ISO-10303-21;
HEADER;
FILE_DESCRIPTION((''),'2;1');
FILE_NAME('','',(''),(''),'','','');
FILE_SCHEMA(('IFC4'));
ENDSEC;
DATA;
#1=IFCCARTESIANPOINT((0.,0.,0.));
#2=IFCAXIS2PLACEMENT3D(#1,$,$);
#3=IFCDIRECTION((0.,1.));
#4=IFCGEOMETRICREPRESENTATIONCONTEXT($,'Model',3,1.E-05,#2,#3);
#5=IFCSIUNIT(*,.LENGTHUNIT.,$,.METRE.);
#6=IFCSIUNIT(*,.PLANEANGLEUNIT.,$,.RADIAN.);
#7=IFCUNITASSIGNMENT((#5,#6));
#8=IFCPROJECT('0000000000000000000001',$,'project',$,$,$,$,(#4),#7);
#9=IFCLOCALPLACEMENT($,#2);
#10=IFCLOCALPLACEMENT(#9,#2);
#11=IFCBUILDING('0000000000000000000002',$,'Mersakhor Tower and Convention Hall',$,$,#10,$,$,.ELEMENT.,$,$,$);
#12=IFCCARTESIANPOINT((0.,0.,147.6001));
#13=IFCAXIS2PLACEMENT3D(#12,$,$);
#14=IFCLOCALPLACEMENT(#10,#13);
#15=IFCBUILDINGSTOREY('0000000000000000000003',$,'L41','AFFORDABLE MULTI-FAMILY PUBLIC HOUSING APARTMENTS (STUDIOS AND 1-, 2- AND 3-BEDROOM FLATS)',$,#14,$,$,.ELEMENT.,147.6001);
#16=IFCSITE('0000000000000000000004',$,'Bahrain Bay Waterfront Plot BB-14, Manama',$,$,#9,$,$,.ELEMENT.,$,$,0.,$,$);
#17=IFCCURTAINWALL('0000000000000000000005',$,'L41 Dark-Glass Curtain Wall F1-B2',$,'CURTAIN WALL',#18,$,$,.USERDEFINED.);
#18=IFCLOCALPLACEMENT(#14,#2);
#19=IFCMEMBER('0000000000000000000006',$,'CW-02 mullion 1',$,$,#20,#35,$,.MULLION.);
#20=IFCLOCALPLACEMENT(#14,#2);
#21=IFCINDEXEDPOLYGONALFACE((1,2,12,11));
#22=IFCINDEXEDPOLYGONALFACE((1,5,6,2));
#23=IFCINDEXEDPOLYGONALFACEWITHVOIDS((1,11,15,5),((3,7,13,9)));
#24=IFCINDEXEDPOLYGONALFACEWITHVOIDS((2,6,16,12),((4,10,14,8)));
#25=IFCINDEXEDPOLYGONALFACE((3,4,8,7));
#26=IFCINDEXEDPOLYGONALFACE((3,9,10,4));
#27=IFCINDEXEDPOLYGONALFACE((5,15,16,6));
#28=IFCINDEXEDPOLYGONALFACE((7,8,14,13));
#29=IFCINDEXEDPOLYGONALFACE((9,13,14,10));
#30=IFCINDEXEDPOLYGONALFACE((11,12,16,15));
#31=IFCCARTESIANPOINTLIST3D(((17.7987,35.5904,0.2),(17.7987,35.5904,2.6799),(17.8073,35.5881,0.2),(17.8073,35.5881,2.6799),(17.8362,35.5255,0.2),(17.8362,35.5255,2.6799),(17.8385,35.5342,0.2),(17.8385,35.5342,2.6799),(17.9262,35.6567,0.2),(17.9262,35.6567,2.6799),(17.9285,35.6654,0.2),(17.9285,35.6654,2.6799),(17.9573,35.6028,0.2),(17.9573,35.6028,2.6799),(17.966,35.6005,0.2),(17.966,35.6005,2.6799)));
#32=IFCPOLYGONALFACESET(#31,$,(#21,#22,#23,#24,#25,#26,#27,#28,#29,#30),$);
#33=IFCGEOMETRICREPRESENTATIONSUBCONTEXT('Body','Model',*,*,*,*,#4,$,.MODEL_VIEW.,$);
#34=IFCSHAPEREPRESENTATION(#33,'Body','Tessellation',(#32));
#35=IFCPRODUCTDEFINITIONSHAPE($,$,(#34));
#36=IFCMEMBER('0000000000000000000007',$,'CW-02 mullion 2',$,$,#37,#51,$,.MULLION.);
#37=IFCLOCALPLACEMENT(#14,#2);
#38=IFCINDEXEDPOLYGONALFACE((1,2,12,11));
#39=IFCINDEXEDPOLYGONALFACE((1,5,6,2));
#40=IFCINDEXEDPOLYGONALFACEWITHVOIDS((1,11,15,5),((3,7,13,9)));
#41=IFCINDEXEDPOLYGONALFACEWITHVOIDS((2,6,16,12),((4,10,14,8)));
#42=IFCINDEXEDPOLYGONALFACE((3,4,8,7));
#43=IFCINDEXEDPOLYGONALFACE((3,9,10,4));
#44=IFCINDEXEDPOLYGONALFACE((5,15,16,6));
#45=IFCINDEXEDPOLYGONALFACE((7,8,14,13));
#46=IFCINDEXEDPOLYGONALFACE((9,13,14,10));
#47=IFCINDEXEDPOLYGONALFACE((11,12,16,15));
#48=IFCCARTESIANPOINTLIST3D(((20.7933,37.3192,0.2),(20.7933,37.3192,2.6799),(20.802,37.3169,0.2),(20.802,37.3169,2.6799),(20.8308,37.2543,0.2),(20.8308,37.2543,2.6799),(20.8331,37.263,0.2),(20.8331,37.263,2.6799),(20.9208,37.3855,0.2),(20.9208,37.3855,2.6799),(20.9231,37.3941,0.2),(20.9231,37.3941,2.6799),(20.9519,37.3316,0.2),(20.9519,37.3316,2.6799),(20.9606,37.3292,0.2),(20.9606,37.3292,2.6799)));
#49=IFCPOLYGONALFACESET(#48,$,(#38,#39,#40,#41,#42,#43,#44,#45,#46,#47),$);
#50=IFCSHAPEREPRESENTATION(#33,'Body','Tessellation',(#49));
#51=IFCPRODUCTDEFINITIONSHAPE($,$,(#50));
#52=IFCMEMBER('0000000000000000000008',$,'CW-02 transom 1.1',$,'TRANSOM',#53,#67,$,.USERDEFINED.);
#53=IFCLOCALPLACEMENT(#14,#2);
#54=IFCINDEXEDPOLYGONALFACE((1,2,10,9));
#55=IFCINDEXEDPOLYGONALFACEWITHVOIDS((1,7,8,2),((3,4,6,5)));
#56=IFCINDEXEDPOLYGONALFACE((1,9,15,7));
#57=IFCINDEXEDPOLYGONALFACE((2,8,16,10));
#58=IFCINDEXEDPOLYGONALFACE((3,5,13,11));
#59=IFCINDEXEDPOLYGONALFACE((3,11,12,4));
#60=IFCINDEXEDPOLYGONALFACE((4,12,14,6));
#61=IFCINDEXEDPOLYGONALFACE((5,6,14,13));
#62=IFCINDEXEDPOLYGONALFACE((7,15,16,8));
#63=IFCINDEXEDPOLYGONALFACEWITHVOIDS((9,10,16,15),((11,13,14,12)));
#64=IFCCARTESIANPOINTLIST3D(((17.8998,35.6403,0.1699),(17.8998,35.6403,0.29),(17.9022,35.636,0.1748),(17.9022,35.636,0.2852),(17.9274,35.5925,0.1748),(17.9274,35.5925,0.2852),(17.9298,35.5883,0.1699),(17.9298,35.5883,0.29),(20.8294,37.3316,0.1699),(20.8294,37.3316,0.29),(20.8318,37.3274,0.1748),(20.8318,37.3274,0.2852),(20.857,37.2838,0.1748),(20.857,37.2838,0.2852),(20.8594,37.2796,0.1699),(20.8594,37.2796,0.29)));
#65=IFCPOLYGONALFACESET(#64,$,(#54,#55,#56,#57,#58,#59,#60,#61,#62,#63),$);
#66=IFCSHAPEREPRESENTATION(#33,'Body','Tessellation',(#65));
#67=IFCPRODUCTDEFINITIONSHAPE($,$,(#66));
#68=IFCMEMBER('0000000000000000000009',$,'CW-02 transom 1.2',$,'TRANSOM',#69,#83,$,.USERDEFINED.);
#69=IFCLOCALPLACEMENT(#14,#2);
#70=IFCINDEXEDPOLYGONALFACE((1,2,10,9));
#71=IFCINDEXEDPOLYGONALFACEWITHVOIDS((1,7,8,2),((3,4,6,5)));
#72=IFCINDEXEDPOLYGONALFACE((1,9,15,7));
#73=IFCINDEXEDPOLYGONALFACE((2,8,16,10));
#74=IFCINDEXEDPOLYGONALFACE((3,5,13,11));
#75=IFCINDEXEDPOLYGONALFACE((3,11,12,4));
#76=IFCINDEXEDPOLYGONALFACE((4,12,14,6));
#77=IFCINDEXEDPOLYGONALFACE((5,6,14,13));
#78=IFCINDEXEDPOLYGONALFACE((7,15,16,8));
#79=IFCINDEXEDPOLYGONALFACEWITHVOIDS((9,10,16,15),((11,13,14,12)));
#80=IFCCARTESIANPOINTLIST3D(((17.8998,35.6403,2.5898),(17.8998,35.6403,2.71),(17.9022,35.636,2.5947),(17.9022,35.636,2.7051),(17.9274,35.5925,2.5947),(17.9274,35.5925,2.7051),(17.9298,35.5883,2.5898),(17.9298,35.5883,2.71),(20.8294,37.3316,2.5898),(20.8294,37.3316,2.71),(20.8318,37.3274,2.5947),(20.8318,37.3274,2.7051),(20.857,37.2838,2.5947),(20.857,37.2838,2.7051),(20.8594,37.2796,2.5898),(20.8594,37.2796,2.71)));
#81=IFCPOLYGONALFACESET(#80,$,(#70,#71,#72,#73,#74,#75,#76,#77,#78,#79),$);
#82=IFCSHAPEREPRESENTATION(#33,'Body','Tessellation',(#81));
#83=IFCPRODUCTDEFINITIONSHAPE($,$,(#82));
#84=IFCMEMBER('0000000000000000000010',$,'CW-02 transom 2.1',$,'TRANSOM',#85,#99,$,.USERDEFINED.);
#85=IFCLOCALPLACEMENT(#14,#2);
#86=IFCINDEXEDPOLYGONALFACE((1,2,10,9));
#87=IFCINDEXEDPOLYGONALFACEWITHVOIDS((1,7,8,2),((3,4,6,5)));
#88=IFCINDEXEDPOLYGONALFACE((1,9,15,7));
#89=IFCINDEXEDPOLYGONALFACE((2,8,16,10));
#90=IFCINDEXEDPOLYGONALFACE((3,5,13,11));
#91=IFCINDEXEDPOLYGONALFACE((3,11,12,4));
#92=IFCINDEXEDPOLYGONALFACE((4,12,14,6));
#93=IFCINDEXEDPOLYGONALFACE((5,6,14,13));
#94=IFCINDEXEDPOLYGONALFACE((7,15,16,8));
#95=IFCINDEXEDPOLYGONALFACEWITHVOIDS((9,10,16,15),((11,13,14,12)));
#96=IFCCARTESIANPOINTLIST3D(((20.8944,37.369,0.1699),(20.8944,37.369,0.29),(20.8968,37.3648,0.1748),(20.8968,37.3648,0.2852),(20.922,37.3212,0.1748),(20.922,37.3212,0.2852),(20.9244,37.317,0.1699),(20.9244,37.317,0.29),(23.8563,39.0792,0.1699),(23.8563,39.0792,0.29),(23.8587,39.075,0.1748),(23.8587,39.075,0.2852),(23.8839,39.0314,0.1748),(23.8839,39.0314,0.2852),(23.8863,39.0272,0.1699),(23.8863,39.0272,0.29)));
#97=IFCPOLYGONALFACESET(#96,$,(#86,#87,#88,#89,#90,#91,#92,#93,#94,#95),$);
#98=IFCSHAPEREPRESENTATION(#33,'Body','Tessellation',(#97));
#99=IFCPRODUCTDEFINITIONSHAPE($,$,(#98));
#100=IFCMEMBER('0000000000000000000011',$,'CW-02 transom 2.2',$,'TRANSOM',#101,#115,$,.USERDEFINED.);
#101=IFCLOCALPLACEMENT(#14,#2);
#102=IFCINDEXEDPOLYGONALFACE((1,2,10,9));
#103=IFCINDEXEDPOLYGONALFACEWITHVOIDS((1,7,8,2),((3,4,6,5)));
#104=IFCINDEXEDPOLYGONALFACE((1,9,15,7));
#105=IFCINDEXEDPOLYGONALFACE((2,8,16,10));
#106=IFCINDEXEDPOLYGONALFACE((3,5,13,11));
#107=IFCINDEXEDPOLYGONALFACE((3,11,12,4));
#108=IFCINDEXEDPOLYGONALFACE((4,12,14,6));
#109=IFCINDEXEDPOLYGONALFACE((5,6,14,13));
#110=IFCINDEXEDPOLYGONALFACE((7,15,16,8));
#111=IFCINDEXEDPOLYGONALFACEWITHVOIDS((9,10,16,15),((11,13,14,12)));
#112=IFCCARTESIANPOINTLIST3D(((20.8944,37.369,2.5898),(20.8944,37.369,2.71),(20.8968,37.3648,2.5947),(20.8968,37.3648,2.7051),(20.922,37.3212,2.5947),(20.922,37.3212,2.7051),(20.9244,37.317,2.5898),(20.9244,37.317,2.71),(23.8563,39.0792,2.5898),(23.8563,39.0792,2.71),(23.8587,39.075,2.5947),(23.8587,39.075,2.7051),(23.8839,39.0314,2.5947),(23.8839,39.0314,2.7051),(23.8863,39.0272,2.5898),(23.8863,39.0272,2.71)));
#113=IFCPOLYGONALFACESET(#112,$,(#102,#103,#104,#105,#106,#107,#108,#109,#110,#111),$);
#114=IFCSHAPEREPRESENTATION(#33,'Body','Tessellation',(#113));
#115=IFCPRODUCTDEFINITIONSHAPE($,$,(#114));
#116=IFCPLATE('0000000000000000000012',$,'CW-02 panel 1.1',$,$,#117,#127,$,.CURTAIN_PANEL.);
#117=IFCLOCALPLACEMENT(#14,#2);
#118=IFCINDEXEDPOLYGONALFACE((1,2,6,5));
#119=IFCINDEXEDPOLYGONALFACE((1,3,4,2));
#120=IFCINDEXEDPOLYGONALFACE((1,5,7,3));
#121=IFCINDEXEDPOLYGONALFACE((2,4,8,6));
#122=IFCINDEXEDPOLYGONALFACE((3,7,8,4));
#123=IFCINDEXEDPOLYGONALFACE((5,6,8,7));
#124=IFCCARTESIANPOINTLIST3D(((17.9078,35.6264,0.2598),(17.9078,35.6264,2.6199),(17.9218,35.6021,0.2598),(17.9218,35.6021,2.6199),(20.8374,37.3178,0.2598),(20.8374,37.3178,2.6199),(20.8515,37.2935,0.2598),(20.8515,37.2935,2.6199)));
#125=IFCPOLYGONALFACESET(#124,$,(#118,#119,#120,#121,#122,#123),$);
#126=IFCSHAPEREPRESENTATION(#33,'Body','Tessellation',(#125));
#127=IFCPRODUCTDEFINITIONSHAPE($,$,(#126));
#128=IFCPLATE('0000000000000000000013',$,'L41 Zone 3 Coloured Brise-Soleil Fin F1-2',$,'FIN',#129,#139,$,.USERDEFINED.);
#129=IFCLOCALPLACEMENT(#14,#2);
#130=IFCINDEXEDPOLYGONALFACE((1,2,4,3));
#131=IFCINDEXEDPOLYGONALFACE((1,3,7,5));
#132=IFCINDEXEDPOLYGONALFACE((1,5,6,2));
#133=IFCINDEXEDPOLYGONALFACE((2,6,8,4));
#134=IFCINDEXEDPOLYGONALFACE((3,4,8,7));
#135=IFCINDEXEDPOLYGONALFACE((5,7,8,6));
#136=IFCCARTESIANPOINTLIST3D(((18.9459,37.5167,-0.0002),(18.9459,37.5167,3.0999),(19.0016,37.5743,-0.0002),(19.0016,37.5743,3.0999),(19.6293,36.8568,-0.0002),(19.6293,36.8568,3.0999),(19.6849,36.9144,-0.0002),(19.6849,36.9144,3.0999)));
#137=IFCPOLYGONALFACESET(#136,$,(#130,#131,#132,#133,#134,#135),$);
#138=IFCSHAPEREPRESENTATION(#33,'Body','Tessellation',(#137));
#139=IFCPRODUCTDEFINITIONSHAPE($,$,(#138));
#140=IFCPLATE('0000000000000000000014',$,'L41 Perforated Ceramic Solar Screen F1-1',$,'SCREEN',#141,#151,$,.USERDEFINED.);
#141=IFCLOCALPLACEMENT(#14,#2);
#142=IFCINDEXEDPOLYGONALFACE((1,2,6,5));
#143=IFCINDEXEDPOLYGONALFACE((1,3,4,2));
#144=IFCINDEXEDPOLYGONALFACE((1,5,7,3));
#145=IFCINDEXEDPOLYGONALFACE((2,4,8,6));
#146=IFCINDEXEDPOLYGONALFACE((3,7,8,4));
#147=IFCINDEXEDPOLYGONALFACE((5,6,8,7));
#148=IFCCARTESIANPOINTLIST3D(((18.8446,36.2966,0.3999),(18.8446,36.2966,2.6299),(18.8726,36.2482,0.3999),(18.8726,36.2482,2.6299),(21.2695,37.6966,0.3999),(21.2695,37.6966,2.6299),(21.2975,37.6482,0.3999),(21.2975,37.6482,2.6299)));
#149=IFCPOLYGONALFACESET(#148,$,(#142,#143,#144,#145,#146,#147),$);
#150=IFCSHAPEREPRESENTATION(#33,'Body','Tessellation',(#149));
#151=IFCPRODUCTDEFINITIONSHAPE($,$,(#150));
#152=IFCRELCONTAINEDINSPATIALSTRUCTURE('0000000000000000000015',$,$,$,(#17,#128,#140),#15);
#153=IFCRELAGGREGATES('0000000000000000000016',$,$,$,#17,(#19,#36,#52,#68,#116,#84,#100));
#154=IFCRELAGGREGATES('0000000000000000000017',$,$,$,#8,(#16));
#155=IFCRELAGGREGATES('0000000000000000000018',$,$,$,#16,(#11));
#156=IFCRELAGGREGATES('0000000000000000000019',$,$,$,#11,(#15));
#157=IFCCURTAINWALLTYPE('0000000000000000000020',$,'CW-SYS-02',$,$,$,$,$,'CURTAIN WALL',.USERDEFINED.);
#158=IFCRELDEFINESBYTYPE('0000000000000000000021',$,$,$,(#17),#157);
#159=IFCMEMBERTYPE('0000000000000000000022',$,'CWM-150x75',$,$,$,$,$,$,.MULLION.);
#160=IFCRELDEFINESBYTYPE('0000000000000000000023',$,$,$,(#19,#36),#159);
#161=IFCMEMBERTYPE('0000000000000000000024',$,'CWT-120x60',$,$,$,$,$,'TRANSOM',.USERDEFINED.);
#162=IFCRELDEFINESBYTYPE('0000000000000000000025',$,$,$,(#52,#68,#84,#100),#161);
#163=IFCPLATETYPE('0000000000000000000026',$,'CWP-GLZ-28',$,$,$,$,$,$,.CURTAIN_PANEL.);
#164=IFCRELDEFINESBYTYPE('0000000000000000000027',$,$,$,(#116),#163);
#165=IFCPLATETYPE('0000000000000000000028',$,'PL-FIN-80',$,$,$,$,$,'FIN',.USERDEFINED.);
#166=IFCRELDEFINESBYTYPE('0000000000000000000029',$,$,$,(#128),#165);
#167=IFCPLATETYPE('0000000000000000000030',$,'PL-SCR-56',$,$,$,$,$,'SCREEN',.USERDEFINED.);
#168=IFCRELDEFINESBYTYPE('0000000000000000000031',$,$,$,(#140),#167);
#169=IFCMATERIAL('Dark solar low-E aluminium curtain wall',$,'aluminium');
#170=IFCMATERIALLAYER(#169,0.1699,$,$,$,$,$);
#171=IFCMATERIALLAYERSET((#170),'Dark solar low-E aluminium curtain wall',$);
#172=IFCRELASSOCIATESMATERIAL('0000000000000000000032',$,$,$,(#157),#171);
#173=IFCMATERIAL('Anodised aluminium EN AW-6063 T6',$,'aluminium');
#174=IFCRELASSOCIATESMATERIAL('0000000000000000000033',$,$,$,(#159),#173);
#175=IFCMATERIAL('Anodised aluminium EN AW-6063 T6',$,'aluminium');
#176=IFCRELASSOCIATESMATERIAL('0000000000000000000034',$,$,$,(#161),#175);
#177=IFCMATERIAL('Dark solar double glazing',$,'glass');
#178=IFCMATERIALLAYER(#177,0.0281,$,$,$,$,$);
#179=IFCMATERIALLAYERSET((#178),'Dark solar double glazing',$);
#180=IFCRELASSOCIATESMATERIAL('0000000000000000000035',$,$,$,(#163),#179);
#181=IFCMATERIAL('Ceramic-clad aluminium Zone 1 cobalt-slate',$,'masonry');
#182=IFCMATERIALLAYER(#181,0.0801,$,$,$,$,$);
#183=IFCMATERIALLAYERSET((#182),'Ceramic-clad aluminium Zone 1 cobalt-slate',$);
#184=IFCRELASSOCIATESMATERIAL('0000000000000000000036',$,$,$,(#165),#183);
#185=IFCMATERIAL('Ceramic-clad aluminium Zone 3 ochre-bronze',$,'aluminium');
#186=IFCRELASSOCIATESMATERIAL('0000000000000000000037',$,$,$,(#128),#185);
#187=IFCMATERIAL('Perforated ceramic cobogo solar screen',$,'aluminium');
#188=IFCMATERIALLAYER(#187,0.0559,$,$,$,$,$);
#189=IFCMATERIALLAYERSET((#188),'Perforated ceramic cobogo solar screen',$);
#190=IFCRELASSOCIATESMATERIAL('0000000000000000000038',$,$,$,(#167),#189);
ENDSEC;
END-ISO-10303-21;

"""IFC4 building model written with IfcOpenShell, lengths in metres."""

from ifc_helpers import new_model, si_unit, direction, frame, origin, origin_2d, place, context, subcontext, project, spatial, rectangle, hollow_rectangle, extrude, material, layer, layer_set, material_profile, profile_set, type_object, element, aggregate, save


model = new_model("IFC4")

# Units and contexts
model_context = context("Model", 3, precision=1e-05, world=origin(), true_north=direction((0.0, 1.0)))
body_context = subcontext(model_context, "Body", "Model", "MODEL_VIEW")
ifc_project = project(units=[si_unit("LENGTHUNIT", "METRE"), si_unit("PLANEANGLEUNIT", "RADIAN")], contexts=[model_context])

# Site, building, storey
site_placement = place(None, origin())
site = spatial("IfcSite", under=ifc_project, at=site_placement, Name="Bahrain Bay Waterfront Plot BB-14, Manama", CompositionType="ELEMENT", RefElevation=0.0)
building_placement = place(site_placement, origin())
building = spatial("IfcBuilding", under=site, at=building_placement, Name="Mersakhor Tower and Convention Hall", CompositionType="ELEMENT")
storey_placement = place(building_placement, frame((0.0, 0.0, 147.6001)))
storey = spatial("IfcBuildingStorey", under=building, at=storey_placement, Name="L41", Description="AFFORDABLE MULTI-FAMILY PUBLIC HOUSING APARTMENTS (STUDIOS AND 1-, 2- AND 3-BEDROOM FLATS)", CompositionType="ELEMENT", Elevation=147.6001)

# Curtain wall, members, plate
ifc_material_1 = material(Name="Dark solar low-E aluminium curtain wall", Category="aluminium")
ifc_layer_1 = layer(ifc_material_1, 0.1699)
ifc_layer_set_1 = layer_set([ifc_layer_1], Name="Dark solar low-E aluminium curtain wall")
curtain_wall_type = type_object("IfcCurtainWallType", Name="CW-SYS-02", ElementType="CURTAIN WALL", PredefinedType="USERDEFINED", material=ifc_layer_set_1)
curtain_wall_placement = place(storey_placement, origin())
curtain_wall = element("IfcCurtainWall", 1, at=curtain_wall_placement, inside=storey, type_object=curtain_wall_type, Name="L41 Dark-Glass Curtain Wall F1-B2", ObjectType="CURTAIN WALL", PredefinedType="USERDEFINED")
ifc_material_2 = material(Name="Anodised aluminium EN AW-6063 T6", Category="aluminium")
ifc_material_profile_1 = material_profile(ifc_material_2, hollow_rectangle(XDim=0.075, YDim=0.1499, WallThickness=0.0063, at=origin_2d()), Name="RHS 150x75x6.3")
ifc_profile_set_1 = profile_set([ifc_material_profile_1], Name="Anodised aluminium EN AW-6063 T6")
member_type_1 = type_object("IfcMemberType", Name="CWM-150x75", PredefinedType="MULLION", material=ifc_profile_set_1)
member_1_placement = place(storey_placement, frame((17.8823, 35.5955, 0.2), z_axis=(0.0, 0.0, 1.0), x_axis=(-0.49999, 0.866031, 0.0)))
member_1 = element("IfcMember", 2, at=member_1_placement, type_object=member_type_1, Name="CW-02 mullion 1", PredefinedType="MULLION", context=body_context, shape_type="SweptSolid", body=[
    extrude(hollow_rectangle(XDim=0.075, YDim=0.1499, WallThickness=0.0063, at=origin_2d()), origin(), (0.0, 0.0, 1.0), 2.48),
])
member_2_placement = place(storey_placement, frame((20.877, 37.3242, 0.2), z_axis=(0.0, 0.0, 1.0), x_axis=(-0.49999, 0.866031, 0.0)))
member_2 = element("IfcMember", 3, at=member_2_placement, type_object=member_type_1, Name="CW-02 mullion 2", PredefinedType="MULLION", context=body_context, shape_type="SweptSolid", body=[
    extrude(hollow_rectangle(XDim=0.075, YDim=0.1499, WallThickness=0.0063, at=origin_2d()), origin(), (0.0, 0.0, 1.0), 2.48),
])
ifc_material_3 = material(Name="Anodised aluminium EN AW-6063 T6", Category="aluminium")
ifc_material_profile_2 = material_profile(ifc_material_3, hollow_rectangle(XDim=0.0601, YDim=0.1201, WallThickness=0.0049, at=origin_2d()), Name="RHS 120x60x5")
ifc_profile_set_2 = profile_set([ifc_material_profile_2], Name="Anodised aluminium EN AW-6063 T6")
member_type_2 = type_object("IfcMemberType", Name="CWT-120x60", ElementType="TRANSOM", PredefinedType="USERDEFINED", material=ifc_profile_set_2)
member_3_placement = place(storey_placement, frame((17.9148, 35.6143, 0.23), z_axis=(0.866032, 0.499989, 0.0), x_axis=(-0.499989, 0.866032, 0.0)))
member_3 = element("IfcMember", 4, at=member_3_placement, type_object=member_type_2, Name="CW-02 transom 1.1", ObjectType="TRANSOM", PredefinedType="USERDEFINED", context=body_context, shape_type="SweptSolid", body=[
    extrude(hollow_rectangle(XDim=0.0601, YDim=0.1201, WallThickness=0.0049, at=origin_2d()), origin(), (0.0, 0.0, 1.0), 3.3828),
])
member_4_placement = place(storey_placement, frame((17.9148, 35.6143, 2.6499), z_axis=(0.866032, 0.499989, 0.0), x_axis=(-0.499989, 0.866032, 0.0)))
member_4 = element("IfcMember", 5, at=member_4_placement, type_object=member_type_2, Name="CW-02 transom 1.2", ObjectType="TRANSOM", PredefinedType="USERDEFINED", context=body_context, shape_type="SweptSolid", body=[
    extrude(hollow_rectangle(XDim=0.0601, YDim=0.1201, WallThickness=0.0049, at=origin_2d()), origin(), (0.0, 0.0, 1.0), 3.3828),
])
member_5_placement = place(storey_placement, frame((20.9094, 37.343, 0.23), z_axis=(0.866007, 0.500031, 0.0), x_axis=(-0.500031, 0.866007, 0.0)))
member_5 = element("IfcMember", 6, at=member_5_placement, type_object=member_type_2, Name="CW-02 transom 2.1", ObjectType="TRANSOM", PredefinedType="USERDEFINED", context=body_context, shape_type="SweptSolid", body=[
    extrude(hollow_rectangle(XDim=0.0601, YDim=0.1201, WallThickness=0.0049, at=origin_2d()), origin(), (0.0, 0.0, 1.0), 3.4202),
])
member_6_placement = place(storey_placement, frame((20.9094, 37.343, 2.6499), z_axis=(0.866007, 0.500031, 0.0), x_axis=(-0.500031, 0.866007, 0.0)))
member_6 = element("IfcMember", 7, at=member_6_placement, type_object=member_type_2, Name="CW-02 transom 2.2", ObjectType="TRANSOM", PredefinedType="USERDEFINED", context=body_context, shape_type="SweptSolid", body=[
    extrude(hollow_rectangle(XDim=0.0601, YDim=0.1201, WallThickness=0.0049, at=origin_2d()), origin(), (0.0, 0.0, 1.0), 3.4202),
])
ifc_material_4 = material(Name="Dark solar double glazing", Category="glass")
ifc_layer_2 = layer(ifc_material_4, 0.0281)
ifc_layer_set_2 = layer_set([ifc_layer_2], Name="Dark solar double glazing")
plate_type_1 = type_object("IfcPlateType", Name="CWP-GLZ-28", PredefinedType="CURTAIN_PANEL", material=ifc_layer_set_2)
plate_1_placement = place(storey_placement, frame((19.3796, 36.46, 0.2598), z_axis=(0.0, 0.0, 1.0), x_axis=(0.866031, 0.49999, 0.0)))
plate_1 = element("IfcPlate", 8, at=plate_1_placement, type_object=plate_type_1, Name="CW-02 panel 1.1", PredefinedType="CURTAIN_PANEL", context=body_context, shape_type="SweptSolid", body=[
    extrude(rectangle(XDim=3.3828, YDim=0.0281, at=origin_2d()), origin(), (0.0, 0.0, 1.0), 2.3601),
])
aggregate(curtain_wall, [member_1, member_2, member_3, member_4, plate_1, member_5, member_6])

# Plates
ifc_material_5 = material(Name="Ceramic-clad aluminium Zone 3 ochre-bronze", Category="aluminium")
ifc_material_6 = material(Name="Ceramic-clad aluminium Zone 1 cobalt-slate", Category="masonry")
ifc_layer_3 = layer(ifc_material_6, 0.0801)
ifc_layer_set_3 = layer_set([ifc_layer_3], Name="Ceramic-clad aluminium Zone 1 cobalt-slate")
plate_type_2 = type_object("IfcPlateType", Name="PL-FIN-80", ElementType="FIN", PredefinedType="USERDEFINED", material=ifc_layer_set_3)
plate_2_placement = place(storey_placement, frame((19.3154, 37.2156, -0.0002), z_axis=(0.0, 0.0, 1.0), x_axis=(-0.71934, 0.694658, 0.0)))
element("IfcPlate", 9, at=plate_2_placement, inside=storey, type_object=plate_type_2, material=ifc_material_5, Name="L41 Zone 3 Coloured Brise-Soleil Fin F1-2", ObjectType="FIN", PredefinedType="USERDEFINED", context=body_context, shape_type="SweptSolid", body=[
    extrude(rectangle(XDim=0.95, YDim=0.0801, at=origin_2d()), origin(), (0.0, 0.0, 1.0), 3.1001),
])
ifc_material_7 = material(Name="Perforated ceramic cobogo solar screen", Category="aluminium")
ifc_layer_4 = layer(ifc_material_7, 0.0559)
ifc_layer_set_4 = layer_set([ifc_layer_4], Name="Perforated ceramic cobogo solar screen")
plate_type_3 = type_object("IfcPlateType", Name="PL-SCR-56", ElementType="SCREEN", PredefinedType="USERDEFINED", material=ifc_layer_set_4)
plate_3_placement = place(storey_placement, frame((20.071, 36.9724, 0.3999), z_axis=(0.0, 0.0, 1.0), x_axis=(0.866025, 0.5, 0.0)))
element("IfcPlate", 10, at=plate_3_placement, inside=storey, type_object=plate_type_3, Name="L41 Perforated Ceramic Solar Screen F1-1", ObjectType="SCREEN", PredefinedType="USERDEFINED", context=body_context, shape_type="SweptSolid", body=[
    extrude(rectangle(XDim=2.8, YDim=0.0559, at=origin_2d()), origin(), (0.0, 0.0, 1.0), 2.23),
])

save(model, "model.ifc")
